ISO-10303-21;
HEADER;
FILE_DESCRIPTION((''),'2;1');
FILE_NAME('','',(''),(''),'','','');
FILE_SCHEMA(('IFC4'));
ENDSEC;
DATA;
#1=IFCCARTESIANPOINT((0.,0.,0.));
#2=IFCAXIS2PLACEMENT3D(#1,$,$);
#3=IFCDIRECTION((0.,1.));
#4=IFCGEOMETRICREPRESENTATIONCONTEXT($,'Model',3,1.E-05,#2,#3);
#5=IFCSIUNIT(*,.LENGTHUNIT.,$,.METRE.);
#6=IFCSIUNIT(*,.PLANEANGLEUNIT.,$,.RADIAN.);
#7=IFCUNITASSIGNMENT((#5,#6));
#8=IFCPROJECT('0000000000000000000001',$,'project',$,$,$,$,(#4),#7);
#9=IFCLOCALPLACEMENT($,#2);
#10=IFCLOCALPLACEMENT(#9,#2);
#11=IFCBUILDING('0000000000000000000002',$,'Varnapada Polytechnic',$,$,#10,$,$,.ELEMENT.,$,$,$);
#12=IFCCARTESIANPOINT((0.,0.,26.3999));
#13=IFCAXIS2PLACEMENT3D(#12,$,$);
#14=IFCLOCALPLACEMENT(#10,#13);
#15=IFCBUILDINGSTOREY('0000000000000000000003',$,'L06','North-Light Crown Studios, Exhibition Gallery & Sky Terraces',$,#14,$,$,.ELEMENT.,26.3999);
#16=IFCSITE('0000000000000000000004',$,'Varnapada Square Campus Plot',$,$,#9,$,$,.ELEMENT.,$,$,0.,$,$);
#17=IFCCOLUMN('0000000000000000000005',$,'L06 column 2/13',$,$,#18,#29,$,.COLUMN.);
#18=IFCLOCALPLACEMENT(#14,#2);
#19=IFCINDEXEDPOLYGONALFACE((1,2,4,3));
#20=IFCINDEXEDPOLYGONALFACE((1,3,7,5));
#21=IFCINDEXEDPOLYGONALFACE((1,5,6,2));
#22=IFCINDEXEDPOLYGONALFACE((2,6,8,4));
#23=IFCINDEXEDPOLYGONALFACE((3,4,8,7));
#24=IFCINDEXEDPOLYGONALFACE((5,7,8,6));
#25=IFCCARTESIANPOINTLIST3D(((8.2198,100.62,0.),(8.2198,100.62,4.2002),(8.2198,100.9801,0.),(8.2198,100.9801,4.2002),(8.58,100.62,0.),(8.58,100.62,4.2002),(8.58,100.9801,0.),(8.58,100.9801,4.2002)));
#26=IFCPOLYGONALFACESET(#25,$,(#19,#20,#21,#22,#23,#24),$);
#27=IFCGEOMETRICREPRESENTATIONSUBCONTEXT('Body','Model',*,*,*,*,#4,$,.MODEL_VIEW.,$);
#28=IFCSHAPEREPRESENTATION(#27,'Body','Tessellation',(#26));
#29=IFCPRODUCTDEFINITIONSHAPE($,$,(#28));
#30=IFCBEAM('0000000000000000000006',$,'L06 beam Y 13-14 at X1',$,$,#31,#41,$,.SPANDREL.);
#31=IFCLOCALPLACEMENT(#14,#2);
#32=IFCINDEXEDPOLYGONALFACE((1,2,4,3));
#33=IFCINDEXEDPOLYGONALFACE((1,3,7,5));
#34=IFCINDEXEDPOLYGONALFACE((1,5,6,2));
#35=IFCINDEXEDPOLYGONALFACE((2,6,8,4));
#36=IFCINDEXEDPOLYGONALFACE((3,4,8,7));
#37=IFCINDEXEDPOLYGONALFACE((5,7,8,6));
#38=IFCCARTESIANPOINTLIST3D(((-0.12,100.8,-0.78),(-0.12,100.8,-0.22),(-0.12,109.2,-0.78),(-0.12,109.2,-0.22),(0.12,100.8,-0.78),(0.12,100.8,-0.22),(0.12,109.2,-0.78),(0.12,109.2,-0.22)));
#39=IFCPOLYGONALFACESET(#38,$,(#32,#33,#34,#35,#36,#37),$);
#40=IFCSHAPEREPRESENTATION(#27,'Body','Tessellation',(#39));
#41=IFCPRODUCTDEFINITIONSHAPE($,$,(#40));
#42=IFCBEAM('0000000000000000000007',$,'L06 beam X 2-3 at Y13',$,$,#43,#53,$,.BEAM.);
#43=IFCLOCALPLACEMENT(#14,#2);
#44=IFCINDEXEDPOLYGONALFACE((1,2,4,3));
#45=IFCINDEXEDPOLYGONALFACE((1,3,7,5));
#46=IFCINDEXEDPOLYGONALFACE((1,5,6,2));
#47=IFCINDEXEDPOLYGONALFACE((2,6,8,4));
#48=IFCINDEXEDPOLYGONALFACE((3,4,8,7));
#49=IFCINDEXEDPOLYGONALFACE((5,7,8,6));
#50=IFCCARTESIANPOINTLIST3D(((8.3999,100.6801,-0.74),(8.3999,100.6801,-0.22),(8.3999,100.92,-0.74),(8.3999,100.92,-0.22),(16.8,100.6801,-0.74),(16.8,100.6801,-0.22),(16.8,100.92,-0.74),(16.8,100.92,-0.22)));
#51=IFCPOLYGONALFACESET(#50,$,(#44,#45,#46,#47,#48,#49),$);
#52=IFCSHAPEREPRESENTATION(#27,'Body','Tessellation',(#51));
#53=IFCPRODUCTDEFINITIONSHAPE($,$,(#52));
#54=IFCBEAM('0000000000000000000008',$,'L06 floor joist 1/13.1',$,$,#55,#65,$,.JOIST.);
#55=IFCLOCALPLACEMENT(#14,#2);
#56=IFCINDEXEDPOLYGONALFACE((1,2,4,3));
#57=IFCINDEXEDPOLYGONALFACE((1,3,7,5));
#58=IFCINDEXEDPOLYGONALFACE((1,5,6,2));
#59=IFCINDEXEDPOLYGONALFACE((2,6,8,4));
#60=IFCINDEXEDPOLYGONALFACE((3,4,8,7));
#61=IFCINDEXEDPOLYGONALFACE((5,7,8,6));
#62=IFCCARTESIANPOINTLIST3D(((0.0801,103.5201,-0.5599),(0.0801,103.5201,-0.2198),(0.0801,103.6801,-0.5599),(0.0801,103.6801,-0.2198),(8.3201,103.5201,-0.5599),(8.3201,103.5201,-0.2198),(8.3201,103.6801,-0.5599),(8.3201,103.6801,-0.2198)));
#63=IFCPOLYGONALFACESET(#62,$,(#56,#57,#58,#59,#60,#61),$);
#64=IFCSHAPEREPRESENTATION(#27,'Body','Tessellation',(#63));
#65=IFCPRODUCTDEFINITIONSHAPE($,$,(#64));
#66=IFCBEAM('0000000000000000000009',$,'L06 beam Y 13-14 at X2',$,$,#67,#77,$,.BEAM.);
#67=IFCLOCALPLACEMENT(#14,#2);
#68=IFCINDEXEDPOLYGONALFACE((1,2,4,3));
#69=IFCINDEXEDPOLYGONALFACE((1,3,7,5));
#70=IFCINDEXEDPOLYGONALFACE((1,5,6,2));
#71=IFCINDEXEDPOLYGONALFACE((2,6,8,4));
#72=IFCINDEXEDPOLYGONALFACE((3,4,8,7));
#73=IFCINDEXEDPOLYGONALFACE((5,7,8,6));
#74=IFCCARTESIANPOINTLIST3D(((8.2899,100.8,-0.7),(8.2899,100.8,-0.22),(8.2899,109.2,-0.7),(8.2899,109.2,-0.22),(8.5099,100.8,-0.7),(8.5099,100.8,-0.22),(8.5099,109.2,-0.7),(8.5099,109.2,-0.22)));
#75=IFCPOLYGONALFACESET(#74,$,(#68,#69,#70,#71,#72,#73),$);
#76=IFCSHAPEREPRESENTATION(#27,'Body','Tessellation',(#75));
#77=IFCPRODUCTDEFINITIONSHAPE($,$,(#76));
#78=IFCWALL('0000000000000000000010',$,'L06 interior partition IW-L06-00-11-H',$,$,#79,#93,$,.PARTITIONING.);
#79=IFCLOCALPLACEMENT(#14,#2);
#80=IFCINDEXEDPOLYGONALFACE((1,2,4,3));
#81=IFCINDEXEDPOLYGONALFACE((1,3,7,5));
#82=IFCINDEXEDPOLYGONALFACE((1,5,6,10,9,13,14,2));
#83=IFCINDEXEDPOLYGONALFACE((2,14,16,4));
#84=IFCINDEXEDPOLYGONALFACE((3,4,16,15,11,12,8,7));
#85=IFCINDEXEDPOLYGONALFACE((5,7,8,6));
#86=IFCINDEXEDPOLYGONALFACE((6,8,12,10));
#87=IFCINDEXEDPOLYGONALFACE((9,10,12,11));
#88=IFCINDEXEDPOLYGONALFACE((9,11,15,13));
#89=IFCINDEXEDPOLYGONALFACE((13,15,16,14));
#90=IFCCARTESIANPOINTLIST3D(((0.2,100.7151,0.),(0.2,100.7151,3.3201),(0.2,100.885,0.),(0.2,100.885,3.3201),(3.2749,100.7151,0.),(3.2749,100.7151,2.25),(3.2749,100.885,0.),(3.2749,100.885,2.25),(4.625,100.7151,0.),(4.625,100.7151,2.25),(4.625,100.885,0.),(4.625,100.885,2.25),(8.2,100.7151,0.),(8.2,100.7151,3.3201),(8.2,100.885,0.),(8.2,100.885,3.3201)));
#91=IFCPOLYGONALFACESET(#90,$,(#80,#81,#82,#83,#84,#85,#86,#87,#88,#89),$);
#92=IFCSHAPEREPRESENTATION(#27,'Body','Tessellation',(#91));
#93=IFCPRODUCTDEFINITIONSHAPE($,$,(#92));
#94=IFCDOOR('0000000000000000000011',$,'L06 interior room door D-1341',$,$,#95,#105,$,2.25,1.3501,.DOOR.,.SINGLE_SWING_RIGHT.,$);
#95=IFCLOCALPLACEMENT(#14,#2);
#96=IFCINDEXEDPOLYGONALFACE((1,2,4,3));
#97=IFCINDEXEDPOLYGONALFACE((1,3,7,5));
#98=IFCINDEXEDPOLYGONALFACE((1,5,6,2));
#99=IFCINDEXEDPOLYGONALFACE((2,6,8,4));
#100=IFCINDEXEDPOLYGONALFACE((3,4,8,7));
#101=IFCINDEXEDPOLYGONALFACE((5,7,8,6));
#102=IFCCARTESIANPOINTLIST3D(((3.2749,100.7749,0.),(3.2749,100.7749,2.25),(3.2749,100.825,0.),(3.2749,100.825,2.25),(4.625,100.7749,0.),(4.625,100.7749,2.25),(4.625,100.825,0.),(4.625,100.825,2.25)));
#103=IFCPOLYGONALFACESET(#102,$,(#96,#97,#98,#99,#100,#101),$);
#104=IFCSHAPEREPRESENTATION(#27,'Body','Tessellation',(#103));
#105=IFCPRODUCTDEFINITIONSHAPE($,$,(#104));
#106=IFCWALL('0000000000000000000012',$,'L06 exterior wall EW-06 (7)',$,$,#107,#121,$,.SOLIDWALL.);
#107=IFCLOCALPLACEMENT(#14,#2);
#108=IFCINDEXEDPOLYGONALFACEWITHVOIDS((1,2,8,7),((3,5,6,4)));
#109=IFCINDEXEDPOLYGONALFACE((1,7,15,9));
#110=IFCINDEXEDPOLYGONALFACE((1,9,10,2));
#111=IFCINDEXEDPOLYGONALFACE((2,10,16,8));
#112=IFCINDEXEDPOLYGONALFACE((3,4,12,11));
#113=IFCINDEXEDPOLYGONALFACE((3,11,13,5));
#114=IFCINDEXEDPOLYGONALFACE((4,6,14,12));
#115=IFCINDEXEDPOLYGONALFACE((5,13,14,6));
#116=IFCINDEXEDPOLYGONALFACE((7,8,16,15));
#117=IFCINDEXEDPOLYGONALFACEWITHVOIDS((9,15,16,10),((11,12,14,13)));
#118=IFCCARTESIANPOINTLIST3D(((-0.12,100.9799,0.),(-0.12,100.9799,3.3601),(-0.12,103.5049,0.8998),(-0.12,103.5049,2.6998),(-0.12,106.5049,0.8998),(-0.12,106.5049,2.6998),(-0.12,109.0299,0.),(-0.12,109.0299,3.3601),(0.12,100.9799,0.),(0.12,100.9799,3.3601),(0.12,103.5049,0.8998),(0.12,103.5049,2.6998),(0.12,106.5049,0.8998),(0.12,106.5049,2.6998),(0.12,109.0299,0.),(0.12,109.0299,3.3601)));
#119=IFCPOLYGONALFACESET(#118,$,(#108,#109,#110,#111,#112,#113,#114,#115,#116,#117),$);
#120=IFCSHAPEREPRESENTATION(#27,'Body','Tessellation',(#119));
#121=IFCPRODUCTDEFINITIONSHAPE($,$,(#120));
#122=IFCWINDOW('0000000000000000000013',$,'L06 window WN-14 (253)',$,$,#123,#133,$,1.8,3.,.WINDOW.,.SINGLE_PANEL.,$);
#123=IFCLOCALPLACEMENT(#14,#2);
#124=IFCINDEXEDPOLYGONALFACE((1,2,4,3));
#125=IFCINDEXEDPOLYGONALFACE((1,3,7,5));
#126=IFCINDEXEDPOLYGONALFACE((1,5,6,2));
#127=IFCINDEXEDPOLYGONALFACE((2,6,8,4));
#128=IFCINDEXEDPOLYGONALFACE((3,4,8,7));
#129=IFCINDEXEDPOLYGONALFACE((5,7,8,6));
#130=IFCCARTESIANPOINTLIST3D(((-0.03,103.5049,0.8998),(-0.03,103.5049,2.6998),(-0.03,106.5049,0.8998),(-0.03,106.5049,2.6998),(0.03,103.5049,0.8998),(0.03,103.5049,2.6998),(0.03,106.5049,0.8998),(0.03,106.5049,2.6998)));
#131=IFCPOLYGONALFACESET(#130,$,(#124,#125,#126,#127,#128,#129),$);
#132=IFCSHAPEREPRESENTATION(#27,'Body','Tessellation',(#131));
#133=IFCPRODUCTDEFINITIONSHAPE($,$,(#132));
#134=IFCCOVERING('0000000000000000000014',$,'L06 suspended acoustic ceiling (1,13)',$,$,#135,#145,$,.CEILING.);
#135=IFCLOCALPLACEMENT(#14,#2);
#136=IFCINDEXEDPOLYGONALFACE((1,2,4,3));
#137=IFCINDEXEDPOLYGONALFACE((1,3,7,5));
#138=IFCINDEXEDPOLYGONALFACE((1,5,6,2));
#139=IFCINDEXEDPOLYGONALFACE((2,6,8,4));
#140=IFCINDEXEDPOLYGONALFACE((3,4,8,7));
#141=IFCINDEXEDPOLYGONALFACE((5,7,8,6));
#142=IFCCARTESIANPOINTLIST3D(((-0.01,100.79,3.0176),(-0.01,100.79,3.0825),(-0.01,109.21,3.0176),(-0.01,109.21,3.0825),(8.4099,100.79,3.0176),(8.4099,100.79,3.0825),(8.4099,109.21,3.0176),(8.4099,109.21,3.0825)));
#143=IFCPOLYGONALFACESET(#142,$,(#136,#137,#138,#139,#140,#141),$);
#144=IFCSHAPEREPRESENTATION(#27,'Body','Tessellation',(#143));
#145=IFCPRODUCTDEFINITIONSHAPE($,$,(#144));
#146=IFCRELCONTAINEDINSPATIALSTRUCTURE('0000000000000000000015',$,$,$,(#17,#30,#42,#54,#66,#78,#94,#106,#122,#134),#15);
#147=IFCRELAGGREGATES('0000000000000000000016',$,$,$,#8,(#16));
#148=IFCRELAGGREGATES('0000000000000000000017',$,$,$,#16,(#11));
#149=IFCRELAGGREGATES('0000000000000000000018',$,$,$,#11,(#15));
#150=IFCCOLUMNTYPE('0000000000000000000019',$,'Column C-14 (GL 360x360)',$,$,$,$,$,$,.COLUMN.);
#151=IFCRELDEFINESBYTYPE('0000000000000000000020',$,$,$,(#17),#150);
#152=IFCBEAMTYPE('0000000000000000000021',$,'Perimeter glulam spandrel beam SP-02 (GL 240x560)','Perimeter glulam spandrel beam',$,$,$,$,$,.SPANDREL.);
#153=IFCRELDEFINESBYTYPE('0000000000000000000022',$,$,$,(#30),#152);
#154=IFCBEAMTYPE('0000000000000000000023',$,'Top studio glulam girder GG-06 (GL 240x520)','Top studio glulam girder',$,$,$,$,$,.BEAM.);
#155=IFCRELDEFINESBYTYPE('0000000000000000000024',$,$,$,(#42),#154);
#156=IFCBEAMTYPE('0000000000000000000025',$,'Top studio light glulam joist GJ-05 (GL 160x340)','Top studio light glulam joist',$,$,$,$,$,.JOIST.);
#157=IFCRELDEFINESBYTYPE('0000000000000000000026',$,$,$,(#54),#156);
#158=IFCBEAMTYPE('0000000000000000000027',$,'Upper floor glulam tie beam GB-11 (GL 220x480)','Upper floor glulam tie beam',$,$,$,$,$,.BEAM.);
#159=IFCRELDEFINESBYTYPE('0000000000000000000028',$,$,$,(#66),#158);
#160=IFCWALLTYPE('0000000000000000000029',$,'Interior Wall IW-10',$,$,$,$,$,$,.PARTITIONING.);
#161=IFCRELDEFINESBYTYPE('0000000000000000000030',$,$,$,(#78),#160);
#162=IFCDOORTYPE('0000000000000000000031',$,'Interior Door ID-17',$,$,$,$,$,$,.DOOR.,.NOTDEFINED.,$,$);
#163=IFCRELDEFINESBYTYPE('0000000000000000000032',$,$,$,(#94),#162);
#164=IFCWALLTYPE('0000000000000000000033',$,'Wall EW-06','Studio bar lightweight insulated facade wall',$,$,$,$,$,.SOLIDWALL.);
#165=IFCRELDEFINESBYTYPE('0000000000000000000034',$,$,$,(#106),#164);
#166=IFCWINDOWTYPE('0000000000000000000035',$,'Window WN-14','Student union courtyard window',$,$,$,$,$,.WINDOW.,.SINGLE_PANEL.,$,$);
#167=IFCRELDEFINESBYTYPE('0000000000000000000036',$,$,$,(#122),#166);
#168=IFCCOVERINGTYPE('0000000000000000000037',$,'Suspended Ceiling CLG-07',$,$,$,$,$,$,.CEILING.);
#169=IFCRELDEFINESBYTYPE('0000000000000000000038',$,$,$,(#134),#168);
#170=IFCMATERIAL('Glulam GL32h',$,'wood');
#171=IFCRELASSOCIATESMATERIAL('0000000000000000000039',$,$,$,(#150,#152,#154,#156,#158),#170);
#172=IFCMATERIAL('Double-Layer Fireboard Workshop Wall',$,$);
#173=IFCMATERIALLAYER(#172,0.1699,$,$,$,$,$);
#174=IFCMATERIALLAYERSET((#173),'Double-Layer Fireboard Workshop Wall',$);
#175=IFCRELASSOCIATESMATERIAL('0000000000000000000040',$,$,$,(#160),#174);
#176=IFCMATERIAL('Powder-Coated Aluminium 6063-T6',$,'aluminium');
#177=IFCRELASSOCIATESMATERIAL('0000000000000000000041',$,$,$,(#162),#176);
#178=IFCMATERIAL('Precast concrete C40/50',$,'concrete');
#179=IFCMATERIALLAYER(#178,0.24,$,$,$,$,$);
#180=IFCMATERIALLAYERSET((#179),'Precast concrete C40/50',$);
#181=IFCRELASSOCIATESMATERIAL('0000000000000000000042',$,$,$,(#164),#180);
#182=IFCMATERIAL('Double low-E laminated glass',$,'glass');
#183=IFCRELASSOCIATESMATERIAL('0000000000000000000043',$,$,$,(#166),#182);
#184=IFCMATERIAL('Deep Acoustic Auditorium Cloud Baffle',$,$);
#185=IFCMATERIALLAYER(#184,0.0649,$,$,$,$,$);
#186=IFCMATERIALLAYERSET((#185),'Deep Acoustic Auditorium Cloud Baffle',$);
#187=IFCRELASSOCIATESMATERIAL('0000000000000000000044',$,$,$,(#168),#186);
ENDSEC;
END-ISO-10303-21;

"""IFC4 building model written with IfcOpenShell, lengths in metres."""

from ifc_helpers import new_model, si_unit, direction, frame, frame_2d, origin, origin_2d, place, context, subcontext, project, spatial, rectangle, extrude, material, layer, layer_set, material_profile, profile_set, type_object, element, fill, save


model = new_model("IFC4")

# Units and contexts
model_context = context("Model", 3, precision=1e-05, world=origin(), true_north=direction((0.0, 1.0)))
body_context = subcontext(model_context, "Body", "Model", "MODEL_VIEW")
ifc_project = project(units=[si_unit("LENGTHUNIT", "METRE"), si_unit("PLANEANGLEUNIT", "RADIAN")], contexts=[model_context])

# Site, building, storey
site_placement = place(None, origin())
site = spatial("IfcSite", under=ifc_project, at=site_placement, Name="Varnapada Square Campus Plot", CompositionType="ELEMENT", RefElevation=0.0)
building_placement = place(site_placement, origin())
building = spatial("IfcBuilding", under=site, at=building_placement, Name="Varnapada Polytechnic", CompositionType="ELEMENT")
storey_placement = place(building_placement, frame((0.0, 0.0, 26.3999)))
storey = spatial("IfcBuildingStorey", under=building, at=storey_placement, Name="L06", Description="North-Light Crown Studios, Exhibition Gallery & Sky Terraces", CompositionType="ELEMENT", Elevation=26.3999)

# Column
ifc_material_1 = material(Name="Glulam GL32h", Category="wood")
ifc_material_profile_1 = material_profile(ifc_material_1, rectangle(XDim=0.3601, YDim=0.3601, at=origin_2d()), Name="GL 360x360")
ifc_profile_set_1 = profile_set([ifc_material_profile_1], Name="Glulam GL32h")
column_type = type_object("IfcColumnType", Name="Column C-14 (GL 360x360)", PredefinedType="COLUMN", material=ifc_profile_set_1)
column_placement = place(storey_placement, frame((8.3999, 100.8, 0.0), z_axis=(0.0, 0.0, 1.0), x_axis=(1.0, 0.0, 0.0)))
element("IfcColumn", 1, at=column_placement, inside=storey, type_object=column_type, Name="L06 column 2/13", PredefinedType="COLUMN", context=body_context, shape_type="SweptSolid", body=[
    extrude(rectangle(XDim=0.3601, YDim=0.3601, at=origin_2d()), origin(), (0.0, 0.0, 1.0), 4.2002),
])

# Beams
ifc_material_profile_2 = material_profile(ifc_material_1, rectangle(XDim=0.24, YDim=0.5601, at=origin_2d()), Name="GL 240x560")
ifc_profile_set_2 = profile_set([ifc_material_profile_2], Name="Glulam GL32h")
beam_type_1 = type_object("IfcBeamType", Name="Perimeter glulam spandrel beam SP-02 (GL 240x560)", Description="Perimeter glulam spandrel beam", PredefinedType="SPANDREL", material=ifc_profile_set_2)
beam_1_placement = place(storey_placement, frame((0.0, 100.8, -0.5), z_axis=(0.0, 1.0, 0.0), x_axis=(-1.0, 0.0, 0.0)))
element("IfcBeam", 2, at=beam_1_placement, inside=storey, type_object=beam_type_1, Name="L06 beam Y 13-14 at X1", PredefinedType="SPANDREL", context=body_context, shape_type="SweptSolid", body=[
    extrude(rectangle(XDim=0.24, YDim=0.5601, at=origin_2d()), origin(), (0.0, 0.0, 1.0), 8.3999),
])
ifc_material_profile_3 = material_profile(ifc_material_1, rectangle(XDim=0.24, YDim=0.52, at=origin_2d()), Name="GL 240x520")
ifc_profile_set_3 = profile_set([ifc_material_profile_3], Name="Glulam GL32h")
beam_type_2 = type_object("IfcBeamType", Name="Top studio glulam girder GG-06 (GL 240x520)", Description="Top studio glulam girder", PredefinedType="BEAM", material=ifc_profile_set_3)
beam_2_placement = place(storey_placement, frame((8.3999, 100.8, -0.48), z_axis=(1.0, 0.0, 0.0), x_axis=(0.0, 1.0, 0.0)))
element("IfcBeam", 3, at=beam_2_placement, inside=storey, type_object=beam_type_2, Name="L06 beam X 2-3 at Y13", PredefinedType="BEAM", context=body_context, shape_type="SweptSolid", body=[
    extrude(rectangle(XDim=0.24, YDim=0.52, at=origin_2d()), origin(), (0.0, 0.0, 1.0), 8.4001),
])
ifc_material_profile_4 = material_profile(ifc_material_1, rectangle(XDim=0.1599, YDim=0.3401, at=origin_2d()), Name="GL 160x340")
ifc_profile_set_4 = profile_set([ifc_material_profile_4], Name="Glulam GL32h")
beam_type_3 = type_object("IfcBeamType", Name="Top studio light glulam joist GJ-05 (GL 160x340)", Description="Top studio light glulam joist", PredefinedType="JOIST", material=ifc_profile_set_4)
beam_3_placement = place(storey_placement, frame((0.0801, 103.6001, -0.3899), z_axis=(1.0, 0.0, 0.0), x_axis=(0.0, 1.0, 0.0)))
element("IfcBeam", 4, at=beam_3_placement, inside=storey, type_object=beam_type_3, Name="L06 floor joist 1/13.1", PredefinedType="JOIST", context=body_context, shape_type="SweptSolid", body=[
    extrude(rectangle(XDim=0.1599, YDim=0.3401, at=origin_2d()), origin(), (0.0, 0.0, 1.0), 8.24),
])
ifc_material_profile_5 = material_profile(ifc_material_1, rectangle(XDim=0.22, YDim=0.48, at=origin_2d()), Name="GL 220x480")
ifc_profile_set_5 = profile_set([ifc_material_profile_5], Name="Glulam GL32h")
beam_type_4 = type_object("IfcBeamType", Name="Upper floor glulam tie beam GB-11 (GL 220x480)", Description="Upper floor glulam tie beam", PredefinedType="BEAM", material=ifc_profile_set_5)
beam_4_placement = place(storey_placement, frame((8.3999, 100.8, -0.46), z_axis=(0.0, 1.0, 0.0), x_axis=(-1.0, 0.0, 0.0)))
element("IfcBeam", 5, at=beam_4_placement, inside=storey, type_object=beam_type_4, Name="L06 beam Y 13-14 at X2", PredefinedType="BEAM", context=body_context, shape_type="SweptSolid", body=[
    extrude(rectangle(XDim=0.22, YDim=0.48, at=origin_2d()), origin(), (0.0, 0.0, 1.0), 8.3999),
])

# Wall, opening, door
ifc_material_2 = material(Name="Double-Layer Fireboard Workshop Wall")
ifc_layer_1 = layer(ifc_material_2, 0.1699)
ifc_layer_set_1 = layer_set([ifc_layer_1], Name="Double-Layer Fireboard Workshop Wall")
wall_type_1 = type_object("IfcWallType", Name="Interior Wall IW-10", PredefinedType="PARTITIONING", material=ifc_layer_set_1)
wall_1_placement = place(storey_placement, frame((0.2, 100.8, 0.0), z_axis=(0.0, 0.0, 1.0), x_axis=(1.0, 0.0, 0.0)))
wall_1 = element("IfcWall", 6, at=wall_1_placement, inside=storey, type_object=wall_type_1, Name="L06 interior partition IW-L06-00-11-H", PredefinedType="PARTITIONING", context=body_context, shape_type="SweptSolid", body=[
    extrude(rectangle(XDim=8.0, YDim=0.1699, at=frame_2d((4.0, 0.0))), origin(), (0.0, 0.0, 1.0), 3.3201),
])
opening_1_placement = place(wall_1_placement, frame((3.075, 0.0, 0.0)))
opening_1 = element("IfcOpeningElement", 7, at=opening_1_placement, cuts=wall_1, PredefinedType="OPENING", context=body_context, shape_type="SweptSolid", body=[
    extrude(rectangle(XDim=1.3501, YDim=2.25, at=frame_2d((0.675, 1.125))), frame((0.0, 0.095, 0.0), z_axis=(0.0, -1.0, 0.0), x_axis=(1.0, 0.0, 0.0)), (0.0, 0.0, 1.0), 0.1899),
])
ifc_material_3 = material(Name="Powder-Coated Aluminium 6063-T6", Category="aluminium")
door_type = type_object("IfcDoorType", Name="Interior Door ID-17", OperationType="NOTDEFINED", PredefinedType="DOOR", material=ifc_material_3)
door_placement = place(opening_1_placement, origin())
door = element("IfcDoor", 8, at=door_placement, inside=storey, type_object=door_type, Name="L06 interior room door D-1341", OperationType="SINGLE_SWING_RIGHT", OverallHeight=2.25, OverallWidth=1.3501, PredefinedType="DOOR", context=body_context, shape_type="SweptSolid", body=[
    extrude(rectangle(XDim=1.3501, YDim=2.25, at=frame_2d((0.675, 1.125))), frame((0.0, 0.0249, 0.0), z_axis=(0.0, -1.0, 0.0), x_axis=(1.0, 0.0, 0.0)), (0.0, 0.0, 1.0), 0.05),
])
fill(opening_1, door)

# Wall, opening, window
ifc_material_4 = material(Name="Precast concrete C40/50", Category="concrete")
ifc_layer_2 = layer(ifc_material_4, 0.24)
ifc_layer_set_2 = layer_set([ifc_layer_2], Name="Precast concrete C40/50")
wall_type_2 = type_object("IfcWallType", Name="Wall EW-06", Description="Studio bar lightweight insulated facade wall", PredefinedType="SOLIDWALL", material=ifc_layer_set_2)
wall_2_placement = place(storey_placement, frame((0.0, 100.98, 0.0), z_axis=(0.0, 0.0, 1.0), x_axis=(0.0, 1.0, 0.0)))
wall_2 = element("IfcWall", 9, at=wall_2_placement, inside=storey, type_object=wall_type_2, Name="L06 exterior wall EW-06 (7)", PredefinedType="SOLIDWALL", context=body_context, shape_type="SweptSolid", body=[
    extrude(rectangle(XDim=8.05, YDim=0.24, at=frame_2d((4.0249, 0.0))), origin(), (0.0, 0.0, 1.0), 3.3601),
])
opening_2_placement = place(wall_2_placement, frame((2.5249, 0.0, 0.8999)))
opening_2 = element("IfcOpeningElement", 10, at=opening_2_placement, cuts=wall_2, PredefinedType="OPENING", context=body_context, shape_type="SweptSolid", body=[
    extrude(rectangle(XDim=3.0, YDim=1.8, at=frame_2d((1.5, 0.8999))), frame((0.0, 0.1299, 0.0), z_axis=(0.0, -1.0, 0.0), x_axis=(1.0, 0.0, 0.0)), (0.0, 0.0, 1.0), 0.26),
])
ifc_material_5 = material(Name="Double low-E laminated glass", Category="glass")
window_type = type_object("IfcWindowType", Name="Window WN-14", Description="Student union courtyard window", PartitioningType="SINGLE_PANEL", PredefinedType="WINDOW", material=ifc_material_5)
window_placement = place(opening_2_placement, origin())
window = element("IfcWindow", 11, at=window_placement, inside=storey, type_object=window_type, Name="L06 window WN-14 (253)", OverallHeight=1.8, OverallWidth=3.0, PartitioningType="SINGLE_PANEL", PredefinedType="WINDOW", context=body_context, shape_type="SweptSolid", body=[
    extrude(rectangle(XDim=3.0, YDim=1.8, at=frame_2d((1.5, 0.8999))), frame((0.0, 0.03, 0.0), z_axis=(0.0, -1.0, 0.0), x_axis=(1.0, 0.0, 0.0)), (0.0, 0.0, 1.0), 0.0601),
])
fill(opening_2, window)

# Covering
ifc_material_6 = material(Name="Deep Acoustic Auditorium Cloud Baffle")
ifc_layer_3 = layer(ifc_material_6, 0.0649)
ifc_layer_set_3 = layer_set([ifc_layer_3], Name="Deep Acoustic Auditorium Cloud Baffle")
covering_type_1 = type_object("IfcCoveringType", Name="Suspended Ceiling CLG-07", PredefinedType="CEILING", material=ifc_layer_set_3)
covering_1_placement = place(storey_placement, frame((4.2, 105.0, 3.0176), z_axis=(0.0, 0.0, 1.0), x_axis=(1.0, 0.0, 0.0)))
element("IfcCovering", 12, at=covering_1_placement, inside=storey, type_object=covering_type_1, Name="L06 suspended acoustic ceiling (1,13)", PredefinedType="CEILING", context=body_context, shape_type="SweptSolid", body=[
    extrude(rectangle(XDim=8.4199, YDim=8.4199, at=origin_2d()), origin(), (0.0, 0.0, 1.0), 0.0649),
])

save(model, "model.ifc")
